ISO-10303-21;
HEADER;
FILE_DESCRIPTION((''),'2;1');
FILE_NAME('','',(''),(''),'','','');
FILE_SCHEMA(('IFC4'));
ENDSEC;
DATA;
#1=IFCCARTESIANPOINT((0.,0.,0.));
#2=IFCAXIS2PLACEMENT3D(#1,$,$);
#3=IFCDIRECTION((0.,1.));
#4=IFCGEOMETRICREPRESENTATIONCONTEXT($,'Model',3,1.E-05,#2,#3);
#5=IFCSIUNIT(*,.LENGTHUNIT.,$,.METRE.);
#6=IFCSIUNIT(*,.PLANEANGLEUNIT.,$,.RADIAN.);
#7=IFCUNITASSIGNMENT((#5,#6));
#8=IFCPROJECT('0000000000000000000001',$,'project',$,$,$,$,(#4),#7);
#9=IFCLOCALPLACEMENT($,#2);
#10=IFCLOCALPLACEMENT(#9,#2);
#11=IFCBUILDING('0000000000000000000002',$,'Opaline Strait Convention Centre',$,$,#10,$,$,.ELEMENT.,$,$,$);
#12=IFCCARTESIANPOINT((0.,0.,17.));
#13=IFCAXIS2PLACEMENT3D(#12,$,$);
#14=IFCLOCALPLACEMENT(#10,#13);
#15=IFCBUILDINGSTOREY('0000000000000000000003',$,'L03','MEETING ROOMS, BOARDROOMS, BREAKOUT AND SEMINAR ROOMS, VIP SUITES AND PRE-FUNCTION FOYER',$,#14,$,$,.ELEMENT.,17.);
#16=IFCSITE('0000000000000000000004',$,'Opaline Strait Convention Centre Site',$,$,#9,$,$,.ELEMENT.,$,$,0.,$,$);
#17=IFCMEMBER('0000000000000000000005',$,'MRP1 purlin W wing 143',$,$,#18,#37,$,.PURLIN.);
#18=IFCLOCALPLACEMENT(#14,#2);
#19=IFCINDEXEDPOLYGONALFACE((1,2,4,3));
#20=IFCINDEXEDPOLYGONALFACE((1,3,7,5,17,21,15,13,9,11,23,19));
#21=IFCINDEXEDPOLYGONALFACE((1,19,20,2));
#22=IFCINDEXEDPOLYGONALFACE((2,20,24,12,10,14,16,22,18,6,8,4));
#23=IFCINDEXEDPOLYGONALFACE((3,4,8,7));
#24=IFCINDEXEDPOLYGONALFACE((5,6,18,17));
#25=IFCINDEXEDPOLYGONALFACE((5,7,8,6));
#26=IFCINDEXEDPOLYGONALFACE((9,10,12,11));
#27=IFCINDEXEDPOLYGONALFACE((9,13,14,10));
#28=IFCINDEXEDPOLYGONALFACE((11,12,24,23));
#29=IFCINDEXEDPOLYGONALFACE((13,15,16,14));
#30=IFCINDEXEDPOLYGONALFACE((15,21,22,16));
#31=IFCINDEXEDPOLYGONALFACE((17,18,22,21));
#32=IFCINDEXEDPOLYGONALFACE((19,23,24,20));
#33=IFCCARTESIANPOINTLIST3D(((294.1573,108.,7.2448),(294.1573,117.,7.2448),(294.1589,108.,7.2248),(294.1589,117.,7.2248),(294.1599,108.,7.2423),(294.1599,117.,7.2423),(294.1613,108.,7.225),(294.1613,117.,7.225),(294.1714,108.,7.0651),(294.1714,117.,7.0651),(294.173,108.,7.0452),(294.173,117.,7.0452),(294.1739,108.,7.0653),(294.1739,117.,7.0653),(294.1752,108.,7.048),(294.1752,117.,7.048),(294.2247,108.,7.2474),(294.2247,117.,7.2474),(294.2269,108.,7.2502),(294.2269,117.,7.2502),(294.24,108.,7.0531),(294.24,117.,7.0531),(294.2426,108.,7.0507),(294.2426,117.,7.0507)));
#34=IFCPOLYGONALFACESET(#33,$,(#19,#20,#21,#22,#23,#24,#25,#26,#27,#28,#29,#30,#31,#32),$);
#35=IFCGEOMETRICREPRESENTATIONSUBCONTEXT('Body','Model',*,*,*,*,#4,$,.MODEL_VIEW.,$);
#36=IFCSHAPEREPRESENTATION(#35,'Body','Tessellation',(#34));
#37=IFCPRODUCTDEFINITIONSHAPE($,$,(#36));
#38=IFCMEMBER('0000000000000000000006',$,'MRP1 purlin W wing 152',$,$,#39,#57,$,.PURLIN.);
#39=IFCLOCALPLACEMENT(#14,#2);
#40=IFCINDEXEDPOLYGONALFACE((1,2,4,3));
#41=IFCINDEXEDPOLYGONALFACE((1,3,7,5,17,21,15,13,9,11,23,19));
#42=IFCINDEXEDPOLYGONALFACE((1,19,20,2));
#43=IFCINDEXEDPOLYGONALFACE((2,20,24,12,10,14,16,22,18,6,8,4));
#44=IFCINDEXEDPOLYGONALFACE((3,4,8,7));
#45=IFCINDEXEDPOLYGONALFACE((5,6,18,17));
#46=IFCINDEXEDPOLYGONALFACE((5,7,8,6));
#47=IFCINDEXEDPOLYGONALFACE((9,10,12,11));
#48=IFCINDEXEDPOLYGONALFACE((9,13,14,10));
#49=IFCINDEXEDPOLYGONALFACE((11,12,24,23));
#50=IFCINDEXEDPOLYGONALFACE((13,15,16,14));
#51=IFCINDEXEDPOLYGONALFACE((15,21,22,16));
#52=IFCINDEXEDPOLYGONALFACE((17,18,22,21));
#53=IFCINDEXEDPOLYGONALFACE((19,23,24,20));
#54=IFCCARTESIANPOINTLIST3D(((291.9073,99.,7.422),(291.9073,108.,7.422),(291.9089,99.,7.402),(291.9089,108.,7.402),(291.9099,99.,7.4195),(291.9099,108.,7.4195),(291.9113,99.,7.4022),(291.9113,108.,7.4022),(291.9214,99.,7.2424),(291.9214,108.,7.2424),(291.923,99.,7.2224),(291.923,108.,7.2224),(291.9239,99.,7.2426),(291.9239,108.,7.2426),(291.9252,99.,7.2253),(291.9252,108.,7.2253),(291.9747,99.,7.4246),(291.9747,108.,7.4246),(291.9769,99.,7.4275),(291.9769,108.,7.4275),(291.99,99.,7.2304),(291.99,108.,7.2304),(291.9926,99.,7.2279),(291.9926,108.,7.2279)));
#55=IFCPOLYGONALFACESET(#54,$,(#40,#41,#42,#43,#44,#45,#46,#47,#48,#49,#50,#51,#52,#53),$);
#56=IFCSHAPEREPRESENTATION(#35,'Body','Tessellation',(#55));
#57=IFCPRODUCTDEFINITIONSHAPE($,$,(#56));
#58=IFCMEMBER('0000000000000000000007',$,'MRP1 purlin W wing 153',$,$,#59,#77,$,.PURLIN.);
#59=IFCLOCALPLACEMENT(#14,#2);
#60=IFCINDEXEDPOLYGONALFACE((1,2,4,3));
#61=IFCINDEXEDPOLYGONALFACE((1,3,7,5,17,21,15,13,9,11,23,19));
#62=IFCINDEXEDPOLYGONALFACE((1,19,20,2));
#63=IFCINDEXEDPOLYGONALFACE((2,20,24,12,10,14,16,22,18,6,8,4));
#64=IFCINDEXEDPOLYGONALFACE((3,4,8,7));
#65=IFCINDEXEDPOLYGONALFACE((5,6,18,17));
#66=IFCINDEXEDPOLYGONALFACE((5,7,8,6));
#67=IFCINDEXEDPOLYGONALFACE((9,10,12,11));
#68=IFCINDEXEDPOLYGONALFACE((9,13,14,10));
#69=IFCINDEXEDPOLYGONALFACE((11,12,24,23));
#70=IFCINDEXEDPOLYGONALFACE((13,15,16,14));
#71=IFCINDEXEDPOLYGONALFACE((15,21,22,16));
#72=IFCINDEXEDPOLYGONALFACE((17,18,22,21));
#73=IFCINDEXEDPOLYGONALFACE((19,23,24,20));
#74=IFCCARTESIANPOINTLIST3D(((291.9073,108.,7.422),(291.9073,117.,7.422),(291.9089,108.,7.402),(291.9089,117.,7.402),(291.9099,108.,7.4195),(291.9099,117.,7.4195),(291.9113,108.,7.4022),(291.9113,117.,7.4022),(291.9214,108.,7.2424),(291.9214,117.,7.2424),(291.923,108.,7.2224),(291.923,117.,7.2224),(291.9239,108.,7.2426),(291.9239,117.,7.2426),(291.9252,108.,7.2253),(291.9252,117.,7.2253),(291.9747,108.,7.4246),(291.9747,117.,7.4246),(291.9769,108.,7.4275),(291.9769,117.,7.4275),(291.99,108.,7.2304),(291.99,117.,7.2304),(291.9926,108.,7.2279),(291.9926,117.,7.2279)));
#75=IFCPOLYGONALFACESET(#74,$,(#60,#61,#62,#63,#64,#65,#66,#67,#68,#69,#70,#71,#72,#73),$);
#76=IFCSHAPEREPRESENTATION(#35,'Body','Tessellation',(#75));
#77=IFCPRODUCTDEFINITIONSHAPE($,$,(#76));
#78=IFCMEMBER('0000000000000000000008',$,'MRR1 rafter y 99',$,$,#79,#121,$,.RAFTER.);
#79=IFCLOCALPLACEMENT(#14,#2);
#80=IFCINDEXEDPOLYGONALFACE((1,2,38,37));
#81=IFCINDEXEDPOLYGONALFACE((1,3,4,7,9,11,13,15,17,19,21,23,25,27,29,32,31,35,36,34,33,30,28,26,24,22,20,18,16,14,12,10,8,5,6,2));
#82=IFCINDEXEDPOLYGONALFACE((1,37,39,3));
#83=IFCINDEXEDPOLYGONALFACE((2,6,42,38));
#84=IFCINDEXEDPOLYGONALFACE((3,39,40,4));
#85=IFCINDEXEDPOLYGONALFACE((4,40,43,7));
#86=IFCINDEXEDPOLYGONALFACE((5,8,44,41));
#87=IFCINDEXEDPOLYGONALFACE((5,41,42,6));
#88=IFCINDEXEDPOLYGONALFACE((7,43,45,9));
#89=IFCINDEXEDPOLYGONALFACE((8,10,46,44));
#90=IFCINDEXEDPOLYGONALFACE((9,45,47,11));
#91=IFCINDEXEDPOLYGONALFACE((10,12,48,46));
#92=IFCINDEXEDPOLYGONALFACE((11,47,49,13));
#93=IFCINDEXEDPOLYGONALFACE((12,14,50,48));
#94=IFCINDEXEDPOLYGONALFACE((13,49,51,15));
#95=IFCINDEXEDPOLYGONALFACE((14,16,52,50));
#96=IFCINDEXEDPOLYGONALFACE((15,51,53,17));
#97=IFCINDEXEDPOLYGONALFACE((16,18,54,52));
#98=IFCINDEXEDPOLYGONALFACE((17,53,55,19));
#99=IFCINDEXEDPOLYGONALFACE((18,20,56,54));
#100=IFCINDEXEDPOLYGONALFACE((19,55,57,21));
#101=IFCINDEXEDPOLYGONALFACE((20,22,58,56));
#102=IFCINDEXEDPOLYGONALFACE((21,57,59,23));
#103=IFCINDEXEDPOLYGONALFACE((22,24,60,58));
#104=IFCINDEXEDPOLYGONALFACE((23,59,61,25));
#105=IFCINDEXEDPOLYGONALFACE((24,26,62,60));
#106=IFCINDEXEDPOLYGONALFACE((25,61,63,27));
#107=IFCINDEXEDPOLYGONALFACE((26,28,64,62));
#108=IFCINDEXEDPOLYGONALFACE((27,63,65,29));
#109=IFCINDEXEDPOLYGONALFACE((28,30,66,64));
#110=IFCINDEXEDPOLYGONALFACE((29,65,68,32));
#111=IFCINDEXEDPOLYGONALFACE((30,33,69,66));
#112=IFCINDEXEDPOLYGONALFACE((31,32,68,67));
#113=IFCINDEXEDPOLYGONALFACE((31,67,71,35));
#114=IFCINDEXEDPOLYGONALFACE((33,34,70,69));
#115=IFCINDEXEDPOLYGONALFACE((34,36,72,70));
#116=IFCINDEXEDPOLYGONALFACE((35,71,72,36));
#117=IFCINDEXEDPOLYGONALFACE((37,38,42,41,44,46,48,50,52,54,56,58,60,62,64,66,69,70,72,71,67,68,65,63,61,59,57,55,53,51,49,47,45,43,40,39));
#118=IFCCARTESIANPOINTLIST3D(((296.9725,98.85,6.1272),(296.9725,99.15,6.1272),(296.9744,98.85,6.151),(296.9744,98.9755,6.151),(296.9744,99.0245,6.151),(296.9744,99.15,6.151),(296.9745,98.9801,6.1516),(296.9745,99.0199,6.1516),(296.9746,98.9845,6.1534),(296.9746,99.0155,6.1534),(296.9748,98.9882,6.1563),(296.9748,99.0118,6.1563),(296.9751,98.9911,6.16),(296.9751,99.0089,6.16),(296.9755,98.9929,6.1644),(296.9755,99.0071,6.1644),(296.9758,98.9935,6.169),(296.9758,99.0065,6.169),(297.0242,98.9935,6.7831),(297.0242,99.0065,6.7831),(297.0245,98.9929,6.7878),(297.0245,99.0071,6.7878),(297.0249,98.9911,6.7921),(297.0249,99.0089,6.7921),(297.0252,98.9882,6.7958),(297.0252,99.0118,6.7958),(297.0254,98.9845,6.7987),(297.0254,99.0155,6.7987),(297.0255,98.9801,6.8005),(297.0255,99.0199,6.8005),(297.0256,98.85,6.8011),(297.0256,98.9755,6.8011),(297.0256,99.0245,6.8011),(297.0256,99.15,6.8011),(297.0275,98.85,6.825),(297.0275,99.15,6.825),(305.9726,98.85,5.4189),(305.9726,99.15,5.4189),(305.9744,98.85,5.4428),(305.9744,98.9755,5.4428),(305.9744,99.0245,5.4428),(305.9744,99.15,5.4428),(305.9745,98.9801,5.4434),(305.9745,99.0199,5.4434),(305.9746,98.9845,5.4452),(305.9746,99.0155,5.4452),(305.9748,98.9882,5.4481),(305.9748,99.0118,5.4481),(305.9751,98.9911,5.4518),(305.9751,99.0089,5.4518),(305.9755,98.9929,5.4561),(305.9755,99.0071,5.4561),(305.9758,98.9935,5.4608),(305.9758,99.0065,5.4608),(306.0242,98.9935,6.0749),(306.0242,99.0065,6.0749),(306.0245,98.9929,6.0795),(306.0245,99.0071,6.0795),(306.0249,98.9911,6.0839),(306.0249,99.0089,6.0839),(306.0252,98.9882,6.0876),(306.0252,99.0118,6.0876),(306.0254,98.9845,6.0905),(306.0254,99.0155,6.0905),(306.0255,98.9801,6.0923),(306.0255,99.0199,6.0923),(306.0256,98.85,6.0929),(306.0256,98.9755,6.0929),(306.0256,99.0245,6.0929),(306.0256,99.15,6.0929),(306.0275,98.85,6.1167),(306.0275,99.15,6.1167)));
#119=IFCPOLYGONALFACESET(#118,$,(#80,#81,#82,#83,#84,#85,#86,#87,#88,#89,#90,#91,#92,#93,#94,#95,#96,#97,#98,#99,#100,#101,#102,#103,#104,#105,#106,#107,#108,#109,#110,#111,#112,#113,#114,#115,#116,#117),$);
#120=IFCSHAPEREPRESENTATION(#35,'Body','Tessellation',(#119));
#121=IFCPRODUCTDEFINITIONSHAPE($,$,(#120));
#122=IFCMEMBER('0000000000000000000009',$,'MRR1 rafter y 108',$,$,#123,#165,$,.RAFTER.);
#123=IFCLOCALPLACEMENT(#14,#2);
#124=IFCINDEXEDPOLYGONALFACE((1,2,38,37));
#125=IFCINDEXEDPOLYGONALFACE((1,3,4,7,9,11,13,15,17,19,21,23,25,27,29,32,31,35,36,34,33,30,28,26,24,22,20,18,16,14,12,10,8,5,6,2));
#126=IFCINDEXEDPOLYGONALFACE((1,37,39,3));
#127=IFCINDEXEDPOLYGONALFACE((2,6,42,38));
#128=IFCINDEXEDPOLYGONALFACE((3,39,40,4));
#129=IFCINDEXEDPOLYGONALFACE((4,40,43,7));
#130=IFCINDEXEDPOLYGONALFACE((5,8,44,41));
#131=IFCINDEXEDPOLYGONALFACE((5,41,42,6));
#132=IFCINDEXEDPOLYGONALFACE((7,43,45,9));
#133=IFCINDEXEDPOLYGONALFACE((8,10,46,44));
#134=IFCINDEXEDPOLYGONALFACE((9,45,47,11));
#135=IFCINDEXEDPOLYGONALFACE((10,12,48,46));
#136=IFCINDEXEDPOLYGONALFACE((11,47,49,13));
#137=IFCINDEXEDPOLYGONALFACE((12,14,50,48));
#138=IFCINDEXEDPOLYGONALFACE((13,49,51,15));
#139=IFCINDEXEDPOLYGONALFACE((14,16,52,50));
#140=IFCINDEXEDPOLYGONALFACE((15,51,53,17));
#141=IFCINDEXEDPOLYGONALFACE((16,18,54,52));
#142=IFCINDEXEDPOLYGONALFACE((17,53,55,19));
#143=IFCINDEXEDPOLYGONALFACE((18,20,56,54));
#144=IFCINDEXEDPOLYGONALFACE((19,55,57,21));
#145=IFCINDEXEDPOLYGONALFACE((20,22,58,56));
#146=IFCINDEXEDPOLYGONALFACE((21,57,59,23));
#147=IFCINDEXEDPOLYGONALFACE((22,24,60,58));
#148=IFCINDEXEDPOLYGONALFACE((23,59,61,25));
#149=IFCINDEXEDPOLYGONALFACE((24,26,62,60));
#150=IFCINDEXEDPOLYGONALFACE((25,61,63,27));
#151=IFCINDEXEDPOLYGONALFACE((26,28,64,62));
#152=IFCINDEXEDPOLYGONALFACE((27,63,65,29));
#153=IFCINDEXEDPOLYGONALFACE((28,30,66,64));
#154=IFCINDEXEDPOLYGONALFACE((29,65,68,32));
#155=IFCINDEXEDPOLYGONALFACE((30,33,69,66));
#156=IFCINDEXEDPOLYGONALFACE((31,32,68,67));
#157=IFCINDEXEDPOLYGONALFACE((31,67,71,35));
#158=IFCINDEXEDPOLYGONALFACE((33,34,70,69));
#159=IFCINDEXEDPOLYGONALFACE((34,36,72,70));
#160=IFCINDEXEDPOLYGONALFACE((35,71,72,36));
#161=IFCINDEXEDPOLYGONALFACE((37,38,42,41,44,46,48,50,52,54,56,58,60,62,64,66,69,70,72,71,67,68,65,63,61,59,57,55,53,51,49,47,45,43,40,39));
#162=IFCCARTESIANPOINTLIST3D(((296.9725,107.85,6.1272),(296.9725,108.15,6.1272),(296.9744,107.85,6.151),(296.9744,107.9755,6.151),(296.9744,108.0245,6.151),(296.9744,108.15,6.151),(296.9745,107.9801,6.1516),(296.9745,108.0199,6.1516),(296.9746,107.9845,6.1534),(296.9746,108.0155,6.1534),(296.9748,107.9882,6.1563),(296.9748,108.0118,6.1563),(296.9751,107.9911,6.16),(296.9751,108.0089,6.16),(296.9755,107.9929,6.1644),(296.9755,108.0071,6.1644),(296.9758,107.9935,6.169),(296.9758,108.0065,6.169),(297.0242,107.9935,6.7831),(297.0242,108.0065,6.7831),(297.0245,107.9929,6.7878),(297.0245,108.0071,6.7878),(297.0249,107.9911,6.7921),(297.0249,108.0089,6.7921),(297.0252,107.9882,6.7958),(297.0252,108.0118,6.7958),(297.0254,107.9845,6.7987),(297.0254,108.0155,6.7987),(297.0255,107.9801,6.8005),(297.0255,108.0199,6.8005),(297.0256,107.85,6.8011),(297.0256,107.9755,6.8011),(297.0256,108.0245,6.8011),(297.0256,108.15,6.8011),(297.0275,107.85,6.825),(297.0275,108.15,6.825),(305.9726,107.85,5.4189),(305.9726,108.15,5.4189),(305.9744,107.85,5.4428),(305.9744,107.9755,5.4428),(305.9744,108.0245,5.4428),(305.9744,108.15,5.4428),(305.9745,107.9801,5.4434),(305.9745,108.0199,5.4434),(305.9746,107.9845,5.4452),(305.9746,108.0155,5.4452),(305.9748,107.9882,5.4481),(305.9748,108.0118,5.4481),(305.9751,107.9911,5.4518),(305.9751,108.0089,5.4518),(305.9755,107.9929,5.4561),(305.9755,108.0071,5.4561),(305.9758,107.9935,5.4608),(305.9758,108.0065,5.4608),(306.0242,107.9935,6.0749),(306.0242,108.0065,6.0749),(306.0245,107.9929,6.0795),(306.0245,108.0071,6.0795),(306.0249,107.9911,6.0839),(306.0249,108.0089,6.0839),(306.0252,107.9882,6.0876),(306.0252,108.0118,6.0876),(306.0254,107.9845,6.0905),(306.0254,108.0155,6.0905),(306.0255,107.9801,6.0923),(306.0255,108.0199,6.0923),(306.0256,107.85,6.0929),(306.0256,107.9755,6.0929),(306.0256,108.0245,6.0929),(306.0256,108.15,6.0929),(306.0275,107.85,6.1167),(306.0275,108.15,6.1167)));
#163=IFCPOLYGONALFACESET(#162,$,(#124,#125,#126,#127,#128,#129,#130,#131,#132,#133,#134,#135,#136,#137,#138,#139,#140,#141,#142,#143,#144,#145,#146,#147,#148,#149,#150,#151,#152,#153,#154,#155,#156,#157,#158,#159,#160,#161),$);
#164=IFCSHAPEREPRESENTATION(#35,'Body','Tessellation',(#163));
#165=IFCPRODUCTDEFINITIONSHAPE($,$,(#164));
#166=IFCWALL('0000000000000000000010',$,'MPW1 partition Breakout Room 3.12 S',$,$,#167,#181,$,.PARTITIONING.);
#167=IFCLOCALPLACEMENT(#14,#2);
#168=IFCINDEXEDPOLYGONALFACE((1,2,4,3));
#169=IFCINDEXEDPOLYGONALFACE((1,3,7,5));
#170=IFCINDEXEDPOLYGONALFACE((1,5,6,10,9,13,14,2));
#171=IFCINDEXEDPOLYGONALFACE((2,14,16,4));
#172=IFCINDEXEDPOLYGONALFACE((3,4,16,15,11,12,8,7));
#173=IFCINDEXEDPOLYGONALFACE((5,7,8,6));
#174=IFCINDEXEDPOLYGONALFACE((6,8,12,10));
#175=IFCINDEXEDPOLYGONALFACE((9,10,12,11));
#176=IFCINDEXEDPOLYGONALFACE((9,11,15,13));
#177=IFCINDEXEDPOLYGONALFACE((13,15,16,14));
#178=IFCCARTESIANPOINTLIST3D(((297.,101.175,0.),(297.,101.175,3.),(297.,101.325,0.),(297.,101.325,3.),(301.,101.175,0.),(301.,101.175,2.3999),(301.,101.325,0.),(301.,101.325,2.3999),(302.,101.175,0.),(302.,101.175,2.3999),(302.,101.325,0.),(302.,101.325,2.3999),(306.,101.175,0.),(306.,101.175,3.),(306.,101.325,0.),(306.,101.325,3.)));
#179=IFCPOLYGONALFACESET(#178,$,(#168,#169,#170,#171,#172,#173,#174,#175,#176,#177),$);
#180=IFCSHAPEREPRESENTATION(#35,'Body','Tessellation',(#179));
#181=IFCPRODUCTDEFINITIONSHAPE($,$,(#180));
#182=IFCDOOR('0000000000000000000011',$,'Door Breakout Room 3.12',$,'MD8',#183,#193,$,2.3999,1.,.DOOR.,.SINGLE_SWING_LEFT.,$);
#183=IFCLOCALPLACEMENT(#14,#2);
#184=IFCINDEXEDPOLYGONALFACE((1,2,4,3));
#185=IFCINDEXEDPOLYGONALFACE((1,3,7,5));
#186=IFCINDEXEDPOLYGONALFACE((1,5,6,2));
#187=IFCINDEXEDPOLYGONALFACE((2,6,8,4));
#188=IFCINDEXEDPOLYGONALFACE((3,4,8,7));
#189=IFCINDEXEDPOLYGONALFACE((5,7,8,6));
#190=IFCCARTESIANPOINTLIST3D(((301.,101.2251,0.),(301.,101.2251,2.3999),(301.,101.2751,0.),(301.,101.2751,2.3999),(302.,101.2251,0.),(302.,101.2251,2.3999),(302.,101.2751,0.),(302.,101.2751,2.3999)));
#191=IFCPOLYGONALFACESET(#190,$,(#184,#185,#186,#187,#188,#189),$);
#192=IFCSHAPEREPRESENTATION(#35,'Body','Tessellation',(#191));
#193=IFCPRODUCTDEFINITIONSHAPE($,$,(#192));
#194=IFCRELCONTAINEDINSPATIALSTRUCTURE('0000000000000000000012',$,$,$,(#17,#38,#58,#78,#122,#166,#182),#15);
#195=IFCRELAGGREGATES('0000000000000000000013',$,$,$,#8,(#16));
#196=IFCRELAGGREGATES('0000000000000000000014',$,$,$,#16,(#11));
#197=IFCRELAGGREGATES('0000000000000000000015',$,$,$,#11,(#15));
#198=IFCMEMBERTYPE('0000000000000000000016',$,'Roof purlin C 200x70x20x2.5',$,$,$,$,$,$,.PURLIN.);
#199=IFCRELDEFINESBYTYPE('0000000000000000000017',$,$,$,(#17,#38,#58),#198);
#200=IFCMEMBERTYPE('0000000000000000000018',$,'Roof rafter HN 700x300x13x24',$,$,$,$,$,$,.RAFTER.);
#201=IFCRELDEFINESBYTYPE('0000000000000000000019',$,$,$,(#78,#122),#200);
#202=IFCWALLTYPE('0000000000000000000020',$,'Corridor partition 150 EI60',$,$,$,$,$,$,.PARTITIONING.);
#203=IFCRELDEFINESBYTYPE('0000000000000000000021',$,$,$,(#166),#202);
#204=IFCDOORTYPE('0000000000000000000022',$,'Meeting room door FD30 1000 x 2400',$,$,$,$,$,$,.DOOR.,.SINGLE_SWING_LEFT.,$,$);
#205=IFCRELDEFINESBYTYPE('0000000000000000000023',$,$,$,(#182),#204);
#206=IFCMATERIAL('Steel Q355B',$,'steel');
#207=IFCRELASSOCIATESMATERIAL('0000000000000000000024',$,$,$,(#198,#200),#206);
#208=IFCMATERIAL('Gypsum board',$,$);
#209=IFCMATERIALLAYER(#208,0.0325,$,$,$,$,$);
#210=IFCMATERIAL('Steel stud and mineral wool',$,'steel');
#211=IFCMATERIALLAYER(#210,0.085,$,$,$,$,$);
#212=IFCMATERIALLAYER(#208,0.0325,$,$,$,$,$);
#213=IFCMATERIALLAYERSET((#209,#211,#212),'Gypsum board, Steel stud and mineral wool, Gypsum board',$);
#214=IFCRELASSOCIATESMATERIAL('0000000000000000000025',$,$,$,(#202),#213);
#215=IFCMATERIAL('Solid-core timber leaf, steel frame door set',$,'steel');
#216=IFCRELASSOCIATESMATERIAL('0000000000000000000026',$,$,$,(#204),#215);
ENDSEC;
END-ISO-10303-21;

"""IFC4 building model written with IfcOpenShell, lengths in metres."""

from ifc_helpers import new_model, si_unit, direction, frame, frame_2d, origin, origin_2d, place, context, subcontext, project, spatial, polyline, rectangle, i_section, outline, extrude, material, layer, layer_set, material_profile, profile_set, type_object, element, fill, save


model = new_model("IFC4")

# Units and contexts
model_context = context("Model", 3, precision=1e-05, world=origin(), true_north=direction((0.0, 1.0)))
body_context = subcontext(model_context, "Body", "Model", "MODEL_VIEW")
ifc_project = project(units=[si_unit("LENGTHUNIT", "METRE"), si_unit("PLANEANGLEUNIT", "RADIAN")], contexts=[model_context])

# Site, building, storey
site_placement = place(None, origin())
site = spatial("IfcSite", under=ifc_project, at=site_placement, Name="Opaline Strait Convention Centre Site", CompositionType="ELEMENT", RefElevation=0.0)
building_placement = place(site_placement, origin())
building = spatial("IfcBuilding", under=site, at=building_placement, Name="Opaline Strait Convention Centre", CompositionType="ELEMENT")
storey_placement = place(building_placement, frame((0.0, 0.0, 17.0)))
storey = spatial("IfcBuildingStorey", under=building, at=storey_placement, Name="L03", Description="MEETING ROOMS, BOARDROOMS, BREAKOUT AND SEMINAR ROOMS, VIP SUITES AND PRE-FUNCTION FOYER", CompositionType="ELEMENT", Elevation=17.0)

# Shared definitions
ifc_material_1 = material(Name="Steel Q355B", Category="steel")

# Members
ifc_material_profile_1 = material_profile(ifc_material_1, outline(polyline([(-0.0349, -0.1001), (0.0349, -0.1001), (0.0349, -0.0801), (0.0325, -0.0801), (0.0325, -0.0974), (-0.0325, -0.0974), (-0.0325, 0.0974), (0.0325, 0.0974), (0.0325, 0.0801), (0.0349, 0.0801), (0.0349, 0.1001), (-0.0349, 0.1001), (-0.0349, -0.1001)])), Name="C 200x70x20x2.5")
ifc_profile_set_1 = profile_set([ifc_material_profile_1], Name="Steel Q355B")
member_type_1 = type_object("IfcMemberType", Name="Roof purlin C 200x70x20x2.5", PredefinedType="PURLIN", material=ifc_profile_set_1)
for number, where, z_axis, x_axis, name in (
    (1, (294.2, 108.0, 7.1477), (0.0, 1.0, 0.0), (-0.996917, 0.0, -0.078459), "MRP1 purlin W wing 143"),
    (2, (291.95, 99.0, 7.325), (0.0, 1.0, 0.0), (-0.996917, 0.0, -0.078459), "MRP1 purlin W wing 152"),
    (3, (291.95, 108.0, 7.325), (0.0, 1.0, 0.0), (-0.996917, 0.0, -0.078459), "MRP1 purlin W wing 153"),
):
    element("IfcMember", number, at=place(storey_placement, frame(where, z_axis=z_axis, x_axis=x_axis)), inside=storey, type_object=member_type_1, Name=name, PredefinedType="PURLIN", context=body_context, shape_type="SweptSolid", body=[
        extrude(outline(polyline([(-0.0349, -0.1001), (0.0349, -0.1001), (0.0349, -0.0801), (0.0325, -0.0801), (0.0325, -0.0974), (-0.0325, -0.0974), (-0.0325, 0.0974), (0.0325, 0.0974), (0.0325, 0.0801), (0.0349, 0.0801), (0.0349, 0.1001), (-0.0349, 0.1001), (-0.0349, -0.1001)])), origin(), (0.0, 0.0, 1.0), 9.0),
    ])
ifc_material_profile_2 = material_profile(ifc_material_1, i_section(OverallWidth=0.3, OverallDepth=0.7, WebThickness=0.0129, FlangeThickness=0.0239, FilletRadius=0.0181, at=origin_2d()), Name="HN 700x300x13x24")
ifc_profile_set_2 = profile_set([ifc_material_profile_2], Name="Steel Q355B")
member_type_2 = type_object("IfcMemberType", Name="Roof rafter HN 700x300x13x24", PredefinedType="RAFTER", material=ifc_profile_set_2)
for number, where, z_axis, x_axis, name in (
    (4, (297.0, 99.0, 6.4761), (0.996918, 0.0, -0.078452), (0.0, 1.0, 0.0), "MRR1 rafter y 99"),
    (5, (297.0, 108.0, 6.4761), (0.996918, 0.0, -0.078452), (0.0, 1.0, 0.0), "MRR1 rafter y 108"),
):
    element("IfcMember", number, at=place(storey_placement, frame(where, z_axis=z_axis, x_axis=x_axis)), inside=storey, type_object=member_type_2, Name=name, PredefinedType="RAFTER", context=body_context, shape_type="SweptSolid", body=[
        extrude(i_section(OverallWidth=0.3, OverallDepth=0.7, WebThickness=0.0129, FlangeThickness=0.0239, FilletRadius=0.0181, at=origin_2d()), origin(), (0.0, 0.0, 1.0), 9.0278),
    ])

# Wall, opening, door
ifc_material_2 = material(Name="Gypsum board")
ifc_layer_1 = layer(ifc_material_2, 0.0325)
ifc_material_3 = material(Name="Steel stud and mineral wool", Category="steel")
ifc_layer_2 = layer(ifc_material_3, 0.085)
ifc_layer_3 = layer(ifc_material_2, 0.0325)
ifc_layer_set_1 = layer_set([ifc_layer_1, ifc_layer_2, ifc_layer_3], Name="Gypsum board, Steel stud and mineral wool, Gypsum board")
wall_type_1 = type_object("IfcWallType", Name="Corridor partition 150 EI60", PredefinedType="PARTITIONING", material=ifc_layer_set_1)
wall_1_placement = place(storey_placement, frame((297.0, 101.25, 0.0), z_axis=(0.0, 0.0, 1.0), x_axis=(1.0, 0.0, 0.0)))
wall_1 = element("IfcWall", 6, at=wall_1_placement, inside=storey, type_object=wall_type_1, Name="MPW1 partition Breakout Room 3.12 S", PredefinedType="PARTITIONING", context=body_context, shape_type="SweptSolid", body=[
    extrude(rectangle(XDim=9.0, YDim=0.1499, at=frame_2d((4.5, 0.0))), origin(), (0.0, 0.0, 1.0), 3.0),
])
opening_1_placement = place(wall_1_placement, frame((4.0, 0.0, 0.0)))
opening_1 = element("IfcOpeningElement", 7, at=opening_1_placement, cuts=wall_1, PredefinedType="OPENING", context=body_context, shape_type="SweptSolid", body=[
    extrude(rectangle(XDim=1.0, YDim=2.3999, at=frame_2d((0.5, 1.2))), frame((0.0, 0.085, 0.0), z_axis=(0.0, -1.0, 0.0), x_axis=(1.0, 0.0, 0.0)), (0.0, 0.0, 1.0), 0.1699),
])
ifc_material_4 = material(Name="Solid-core timber leaf, steel frame door set", Category="steel")
door_type_1 = type_object("IfcDoorType", Name="Meeting room door FD30 1000 x 2400", OperationType="SINGLE_SWING_LEFT", PredefinedType="DOOR", material=ifc_material_4)
door_1_placement = place(opening_1_placement, frame((1.0, 0.0, 0.0), z_axis=(0.0, 0.0, 1.0), x_axis=(-1.0, 0.0, 0.0)))
door_1 = element("IfcDoor", 8, at=door_1_placement, inside=storey, type_object=door_type_1, Name="Door Breakout Room 3.12", ObjectType="MD8", OperationType="SINGLE_SWING_LEFT", OverallHeight=2.3999, OverallWidth=1.0, PredefinedType="DOOR", context=body_context, shape_type="SweptSolid", body=[
    extrude(rectangle(XDim=1.0, YDim=2.3999, at=frame_2d((0.5, 1.2))), frame((0.0, 0.0249, 0.0), z_axis=(0.0, -1.0, 0.0), x_axis=(1.0, 0.0, 0.0)), (0.0, 0.0, 1.0), 0.05),
])
fill(opening_1, door_1)

save(model, "model.ifc")
